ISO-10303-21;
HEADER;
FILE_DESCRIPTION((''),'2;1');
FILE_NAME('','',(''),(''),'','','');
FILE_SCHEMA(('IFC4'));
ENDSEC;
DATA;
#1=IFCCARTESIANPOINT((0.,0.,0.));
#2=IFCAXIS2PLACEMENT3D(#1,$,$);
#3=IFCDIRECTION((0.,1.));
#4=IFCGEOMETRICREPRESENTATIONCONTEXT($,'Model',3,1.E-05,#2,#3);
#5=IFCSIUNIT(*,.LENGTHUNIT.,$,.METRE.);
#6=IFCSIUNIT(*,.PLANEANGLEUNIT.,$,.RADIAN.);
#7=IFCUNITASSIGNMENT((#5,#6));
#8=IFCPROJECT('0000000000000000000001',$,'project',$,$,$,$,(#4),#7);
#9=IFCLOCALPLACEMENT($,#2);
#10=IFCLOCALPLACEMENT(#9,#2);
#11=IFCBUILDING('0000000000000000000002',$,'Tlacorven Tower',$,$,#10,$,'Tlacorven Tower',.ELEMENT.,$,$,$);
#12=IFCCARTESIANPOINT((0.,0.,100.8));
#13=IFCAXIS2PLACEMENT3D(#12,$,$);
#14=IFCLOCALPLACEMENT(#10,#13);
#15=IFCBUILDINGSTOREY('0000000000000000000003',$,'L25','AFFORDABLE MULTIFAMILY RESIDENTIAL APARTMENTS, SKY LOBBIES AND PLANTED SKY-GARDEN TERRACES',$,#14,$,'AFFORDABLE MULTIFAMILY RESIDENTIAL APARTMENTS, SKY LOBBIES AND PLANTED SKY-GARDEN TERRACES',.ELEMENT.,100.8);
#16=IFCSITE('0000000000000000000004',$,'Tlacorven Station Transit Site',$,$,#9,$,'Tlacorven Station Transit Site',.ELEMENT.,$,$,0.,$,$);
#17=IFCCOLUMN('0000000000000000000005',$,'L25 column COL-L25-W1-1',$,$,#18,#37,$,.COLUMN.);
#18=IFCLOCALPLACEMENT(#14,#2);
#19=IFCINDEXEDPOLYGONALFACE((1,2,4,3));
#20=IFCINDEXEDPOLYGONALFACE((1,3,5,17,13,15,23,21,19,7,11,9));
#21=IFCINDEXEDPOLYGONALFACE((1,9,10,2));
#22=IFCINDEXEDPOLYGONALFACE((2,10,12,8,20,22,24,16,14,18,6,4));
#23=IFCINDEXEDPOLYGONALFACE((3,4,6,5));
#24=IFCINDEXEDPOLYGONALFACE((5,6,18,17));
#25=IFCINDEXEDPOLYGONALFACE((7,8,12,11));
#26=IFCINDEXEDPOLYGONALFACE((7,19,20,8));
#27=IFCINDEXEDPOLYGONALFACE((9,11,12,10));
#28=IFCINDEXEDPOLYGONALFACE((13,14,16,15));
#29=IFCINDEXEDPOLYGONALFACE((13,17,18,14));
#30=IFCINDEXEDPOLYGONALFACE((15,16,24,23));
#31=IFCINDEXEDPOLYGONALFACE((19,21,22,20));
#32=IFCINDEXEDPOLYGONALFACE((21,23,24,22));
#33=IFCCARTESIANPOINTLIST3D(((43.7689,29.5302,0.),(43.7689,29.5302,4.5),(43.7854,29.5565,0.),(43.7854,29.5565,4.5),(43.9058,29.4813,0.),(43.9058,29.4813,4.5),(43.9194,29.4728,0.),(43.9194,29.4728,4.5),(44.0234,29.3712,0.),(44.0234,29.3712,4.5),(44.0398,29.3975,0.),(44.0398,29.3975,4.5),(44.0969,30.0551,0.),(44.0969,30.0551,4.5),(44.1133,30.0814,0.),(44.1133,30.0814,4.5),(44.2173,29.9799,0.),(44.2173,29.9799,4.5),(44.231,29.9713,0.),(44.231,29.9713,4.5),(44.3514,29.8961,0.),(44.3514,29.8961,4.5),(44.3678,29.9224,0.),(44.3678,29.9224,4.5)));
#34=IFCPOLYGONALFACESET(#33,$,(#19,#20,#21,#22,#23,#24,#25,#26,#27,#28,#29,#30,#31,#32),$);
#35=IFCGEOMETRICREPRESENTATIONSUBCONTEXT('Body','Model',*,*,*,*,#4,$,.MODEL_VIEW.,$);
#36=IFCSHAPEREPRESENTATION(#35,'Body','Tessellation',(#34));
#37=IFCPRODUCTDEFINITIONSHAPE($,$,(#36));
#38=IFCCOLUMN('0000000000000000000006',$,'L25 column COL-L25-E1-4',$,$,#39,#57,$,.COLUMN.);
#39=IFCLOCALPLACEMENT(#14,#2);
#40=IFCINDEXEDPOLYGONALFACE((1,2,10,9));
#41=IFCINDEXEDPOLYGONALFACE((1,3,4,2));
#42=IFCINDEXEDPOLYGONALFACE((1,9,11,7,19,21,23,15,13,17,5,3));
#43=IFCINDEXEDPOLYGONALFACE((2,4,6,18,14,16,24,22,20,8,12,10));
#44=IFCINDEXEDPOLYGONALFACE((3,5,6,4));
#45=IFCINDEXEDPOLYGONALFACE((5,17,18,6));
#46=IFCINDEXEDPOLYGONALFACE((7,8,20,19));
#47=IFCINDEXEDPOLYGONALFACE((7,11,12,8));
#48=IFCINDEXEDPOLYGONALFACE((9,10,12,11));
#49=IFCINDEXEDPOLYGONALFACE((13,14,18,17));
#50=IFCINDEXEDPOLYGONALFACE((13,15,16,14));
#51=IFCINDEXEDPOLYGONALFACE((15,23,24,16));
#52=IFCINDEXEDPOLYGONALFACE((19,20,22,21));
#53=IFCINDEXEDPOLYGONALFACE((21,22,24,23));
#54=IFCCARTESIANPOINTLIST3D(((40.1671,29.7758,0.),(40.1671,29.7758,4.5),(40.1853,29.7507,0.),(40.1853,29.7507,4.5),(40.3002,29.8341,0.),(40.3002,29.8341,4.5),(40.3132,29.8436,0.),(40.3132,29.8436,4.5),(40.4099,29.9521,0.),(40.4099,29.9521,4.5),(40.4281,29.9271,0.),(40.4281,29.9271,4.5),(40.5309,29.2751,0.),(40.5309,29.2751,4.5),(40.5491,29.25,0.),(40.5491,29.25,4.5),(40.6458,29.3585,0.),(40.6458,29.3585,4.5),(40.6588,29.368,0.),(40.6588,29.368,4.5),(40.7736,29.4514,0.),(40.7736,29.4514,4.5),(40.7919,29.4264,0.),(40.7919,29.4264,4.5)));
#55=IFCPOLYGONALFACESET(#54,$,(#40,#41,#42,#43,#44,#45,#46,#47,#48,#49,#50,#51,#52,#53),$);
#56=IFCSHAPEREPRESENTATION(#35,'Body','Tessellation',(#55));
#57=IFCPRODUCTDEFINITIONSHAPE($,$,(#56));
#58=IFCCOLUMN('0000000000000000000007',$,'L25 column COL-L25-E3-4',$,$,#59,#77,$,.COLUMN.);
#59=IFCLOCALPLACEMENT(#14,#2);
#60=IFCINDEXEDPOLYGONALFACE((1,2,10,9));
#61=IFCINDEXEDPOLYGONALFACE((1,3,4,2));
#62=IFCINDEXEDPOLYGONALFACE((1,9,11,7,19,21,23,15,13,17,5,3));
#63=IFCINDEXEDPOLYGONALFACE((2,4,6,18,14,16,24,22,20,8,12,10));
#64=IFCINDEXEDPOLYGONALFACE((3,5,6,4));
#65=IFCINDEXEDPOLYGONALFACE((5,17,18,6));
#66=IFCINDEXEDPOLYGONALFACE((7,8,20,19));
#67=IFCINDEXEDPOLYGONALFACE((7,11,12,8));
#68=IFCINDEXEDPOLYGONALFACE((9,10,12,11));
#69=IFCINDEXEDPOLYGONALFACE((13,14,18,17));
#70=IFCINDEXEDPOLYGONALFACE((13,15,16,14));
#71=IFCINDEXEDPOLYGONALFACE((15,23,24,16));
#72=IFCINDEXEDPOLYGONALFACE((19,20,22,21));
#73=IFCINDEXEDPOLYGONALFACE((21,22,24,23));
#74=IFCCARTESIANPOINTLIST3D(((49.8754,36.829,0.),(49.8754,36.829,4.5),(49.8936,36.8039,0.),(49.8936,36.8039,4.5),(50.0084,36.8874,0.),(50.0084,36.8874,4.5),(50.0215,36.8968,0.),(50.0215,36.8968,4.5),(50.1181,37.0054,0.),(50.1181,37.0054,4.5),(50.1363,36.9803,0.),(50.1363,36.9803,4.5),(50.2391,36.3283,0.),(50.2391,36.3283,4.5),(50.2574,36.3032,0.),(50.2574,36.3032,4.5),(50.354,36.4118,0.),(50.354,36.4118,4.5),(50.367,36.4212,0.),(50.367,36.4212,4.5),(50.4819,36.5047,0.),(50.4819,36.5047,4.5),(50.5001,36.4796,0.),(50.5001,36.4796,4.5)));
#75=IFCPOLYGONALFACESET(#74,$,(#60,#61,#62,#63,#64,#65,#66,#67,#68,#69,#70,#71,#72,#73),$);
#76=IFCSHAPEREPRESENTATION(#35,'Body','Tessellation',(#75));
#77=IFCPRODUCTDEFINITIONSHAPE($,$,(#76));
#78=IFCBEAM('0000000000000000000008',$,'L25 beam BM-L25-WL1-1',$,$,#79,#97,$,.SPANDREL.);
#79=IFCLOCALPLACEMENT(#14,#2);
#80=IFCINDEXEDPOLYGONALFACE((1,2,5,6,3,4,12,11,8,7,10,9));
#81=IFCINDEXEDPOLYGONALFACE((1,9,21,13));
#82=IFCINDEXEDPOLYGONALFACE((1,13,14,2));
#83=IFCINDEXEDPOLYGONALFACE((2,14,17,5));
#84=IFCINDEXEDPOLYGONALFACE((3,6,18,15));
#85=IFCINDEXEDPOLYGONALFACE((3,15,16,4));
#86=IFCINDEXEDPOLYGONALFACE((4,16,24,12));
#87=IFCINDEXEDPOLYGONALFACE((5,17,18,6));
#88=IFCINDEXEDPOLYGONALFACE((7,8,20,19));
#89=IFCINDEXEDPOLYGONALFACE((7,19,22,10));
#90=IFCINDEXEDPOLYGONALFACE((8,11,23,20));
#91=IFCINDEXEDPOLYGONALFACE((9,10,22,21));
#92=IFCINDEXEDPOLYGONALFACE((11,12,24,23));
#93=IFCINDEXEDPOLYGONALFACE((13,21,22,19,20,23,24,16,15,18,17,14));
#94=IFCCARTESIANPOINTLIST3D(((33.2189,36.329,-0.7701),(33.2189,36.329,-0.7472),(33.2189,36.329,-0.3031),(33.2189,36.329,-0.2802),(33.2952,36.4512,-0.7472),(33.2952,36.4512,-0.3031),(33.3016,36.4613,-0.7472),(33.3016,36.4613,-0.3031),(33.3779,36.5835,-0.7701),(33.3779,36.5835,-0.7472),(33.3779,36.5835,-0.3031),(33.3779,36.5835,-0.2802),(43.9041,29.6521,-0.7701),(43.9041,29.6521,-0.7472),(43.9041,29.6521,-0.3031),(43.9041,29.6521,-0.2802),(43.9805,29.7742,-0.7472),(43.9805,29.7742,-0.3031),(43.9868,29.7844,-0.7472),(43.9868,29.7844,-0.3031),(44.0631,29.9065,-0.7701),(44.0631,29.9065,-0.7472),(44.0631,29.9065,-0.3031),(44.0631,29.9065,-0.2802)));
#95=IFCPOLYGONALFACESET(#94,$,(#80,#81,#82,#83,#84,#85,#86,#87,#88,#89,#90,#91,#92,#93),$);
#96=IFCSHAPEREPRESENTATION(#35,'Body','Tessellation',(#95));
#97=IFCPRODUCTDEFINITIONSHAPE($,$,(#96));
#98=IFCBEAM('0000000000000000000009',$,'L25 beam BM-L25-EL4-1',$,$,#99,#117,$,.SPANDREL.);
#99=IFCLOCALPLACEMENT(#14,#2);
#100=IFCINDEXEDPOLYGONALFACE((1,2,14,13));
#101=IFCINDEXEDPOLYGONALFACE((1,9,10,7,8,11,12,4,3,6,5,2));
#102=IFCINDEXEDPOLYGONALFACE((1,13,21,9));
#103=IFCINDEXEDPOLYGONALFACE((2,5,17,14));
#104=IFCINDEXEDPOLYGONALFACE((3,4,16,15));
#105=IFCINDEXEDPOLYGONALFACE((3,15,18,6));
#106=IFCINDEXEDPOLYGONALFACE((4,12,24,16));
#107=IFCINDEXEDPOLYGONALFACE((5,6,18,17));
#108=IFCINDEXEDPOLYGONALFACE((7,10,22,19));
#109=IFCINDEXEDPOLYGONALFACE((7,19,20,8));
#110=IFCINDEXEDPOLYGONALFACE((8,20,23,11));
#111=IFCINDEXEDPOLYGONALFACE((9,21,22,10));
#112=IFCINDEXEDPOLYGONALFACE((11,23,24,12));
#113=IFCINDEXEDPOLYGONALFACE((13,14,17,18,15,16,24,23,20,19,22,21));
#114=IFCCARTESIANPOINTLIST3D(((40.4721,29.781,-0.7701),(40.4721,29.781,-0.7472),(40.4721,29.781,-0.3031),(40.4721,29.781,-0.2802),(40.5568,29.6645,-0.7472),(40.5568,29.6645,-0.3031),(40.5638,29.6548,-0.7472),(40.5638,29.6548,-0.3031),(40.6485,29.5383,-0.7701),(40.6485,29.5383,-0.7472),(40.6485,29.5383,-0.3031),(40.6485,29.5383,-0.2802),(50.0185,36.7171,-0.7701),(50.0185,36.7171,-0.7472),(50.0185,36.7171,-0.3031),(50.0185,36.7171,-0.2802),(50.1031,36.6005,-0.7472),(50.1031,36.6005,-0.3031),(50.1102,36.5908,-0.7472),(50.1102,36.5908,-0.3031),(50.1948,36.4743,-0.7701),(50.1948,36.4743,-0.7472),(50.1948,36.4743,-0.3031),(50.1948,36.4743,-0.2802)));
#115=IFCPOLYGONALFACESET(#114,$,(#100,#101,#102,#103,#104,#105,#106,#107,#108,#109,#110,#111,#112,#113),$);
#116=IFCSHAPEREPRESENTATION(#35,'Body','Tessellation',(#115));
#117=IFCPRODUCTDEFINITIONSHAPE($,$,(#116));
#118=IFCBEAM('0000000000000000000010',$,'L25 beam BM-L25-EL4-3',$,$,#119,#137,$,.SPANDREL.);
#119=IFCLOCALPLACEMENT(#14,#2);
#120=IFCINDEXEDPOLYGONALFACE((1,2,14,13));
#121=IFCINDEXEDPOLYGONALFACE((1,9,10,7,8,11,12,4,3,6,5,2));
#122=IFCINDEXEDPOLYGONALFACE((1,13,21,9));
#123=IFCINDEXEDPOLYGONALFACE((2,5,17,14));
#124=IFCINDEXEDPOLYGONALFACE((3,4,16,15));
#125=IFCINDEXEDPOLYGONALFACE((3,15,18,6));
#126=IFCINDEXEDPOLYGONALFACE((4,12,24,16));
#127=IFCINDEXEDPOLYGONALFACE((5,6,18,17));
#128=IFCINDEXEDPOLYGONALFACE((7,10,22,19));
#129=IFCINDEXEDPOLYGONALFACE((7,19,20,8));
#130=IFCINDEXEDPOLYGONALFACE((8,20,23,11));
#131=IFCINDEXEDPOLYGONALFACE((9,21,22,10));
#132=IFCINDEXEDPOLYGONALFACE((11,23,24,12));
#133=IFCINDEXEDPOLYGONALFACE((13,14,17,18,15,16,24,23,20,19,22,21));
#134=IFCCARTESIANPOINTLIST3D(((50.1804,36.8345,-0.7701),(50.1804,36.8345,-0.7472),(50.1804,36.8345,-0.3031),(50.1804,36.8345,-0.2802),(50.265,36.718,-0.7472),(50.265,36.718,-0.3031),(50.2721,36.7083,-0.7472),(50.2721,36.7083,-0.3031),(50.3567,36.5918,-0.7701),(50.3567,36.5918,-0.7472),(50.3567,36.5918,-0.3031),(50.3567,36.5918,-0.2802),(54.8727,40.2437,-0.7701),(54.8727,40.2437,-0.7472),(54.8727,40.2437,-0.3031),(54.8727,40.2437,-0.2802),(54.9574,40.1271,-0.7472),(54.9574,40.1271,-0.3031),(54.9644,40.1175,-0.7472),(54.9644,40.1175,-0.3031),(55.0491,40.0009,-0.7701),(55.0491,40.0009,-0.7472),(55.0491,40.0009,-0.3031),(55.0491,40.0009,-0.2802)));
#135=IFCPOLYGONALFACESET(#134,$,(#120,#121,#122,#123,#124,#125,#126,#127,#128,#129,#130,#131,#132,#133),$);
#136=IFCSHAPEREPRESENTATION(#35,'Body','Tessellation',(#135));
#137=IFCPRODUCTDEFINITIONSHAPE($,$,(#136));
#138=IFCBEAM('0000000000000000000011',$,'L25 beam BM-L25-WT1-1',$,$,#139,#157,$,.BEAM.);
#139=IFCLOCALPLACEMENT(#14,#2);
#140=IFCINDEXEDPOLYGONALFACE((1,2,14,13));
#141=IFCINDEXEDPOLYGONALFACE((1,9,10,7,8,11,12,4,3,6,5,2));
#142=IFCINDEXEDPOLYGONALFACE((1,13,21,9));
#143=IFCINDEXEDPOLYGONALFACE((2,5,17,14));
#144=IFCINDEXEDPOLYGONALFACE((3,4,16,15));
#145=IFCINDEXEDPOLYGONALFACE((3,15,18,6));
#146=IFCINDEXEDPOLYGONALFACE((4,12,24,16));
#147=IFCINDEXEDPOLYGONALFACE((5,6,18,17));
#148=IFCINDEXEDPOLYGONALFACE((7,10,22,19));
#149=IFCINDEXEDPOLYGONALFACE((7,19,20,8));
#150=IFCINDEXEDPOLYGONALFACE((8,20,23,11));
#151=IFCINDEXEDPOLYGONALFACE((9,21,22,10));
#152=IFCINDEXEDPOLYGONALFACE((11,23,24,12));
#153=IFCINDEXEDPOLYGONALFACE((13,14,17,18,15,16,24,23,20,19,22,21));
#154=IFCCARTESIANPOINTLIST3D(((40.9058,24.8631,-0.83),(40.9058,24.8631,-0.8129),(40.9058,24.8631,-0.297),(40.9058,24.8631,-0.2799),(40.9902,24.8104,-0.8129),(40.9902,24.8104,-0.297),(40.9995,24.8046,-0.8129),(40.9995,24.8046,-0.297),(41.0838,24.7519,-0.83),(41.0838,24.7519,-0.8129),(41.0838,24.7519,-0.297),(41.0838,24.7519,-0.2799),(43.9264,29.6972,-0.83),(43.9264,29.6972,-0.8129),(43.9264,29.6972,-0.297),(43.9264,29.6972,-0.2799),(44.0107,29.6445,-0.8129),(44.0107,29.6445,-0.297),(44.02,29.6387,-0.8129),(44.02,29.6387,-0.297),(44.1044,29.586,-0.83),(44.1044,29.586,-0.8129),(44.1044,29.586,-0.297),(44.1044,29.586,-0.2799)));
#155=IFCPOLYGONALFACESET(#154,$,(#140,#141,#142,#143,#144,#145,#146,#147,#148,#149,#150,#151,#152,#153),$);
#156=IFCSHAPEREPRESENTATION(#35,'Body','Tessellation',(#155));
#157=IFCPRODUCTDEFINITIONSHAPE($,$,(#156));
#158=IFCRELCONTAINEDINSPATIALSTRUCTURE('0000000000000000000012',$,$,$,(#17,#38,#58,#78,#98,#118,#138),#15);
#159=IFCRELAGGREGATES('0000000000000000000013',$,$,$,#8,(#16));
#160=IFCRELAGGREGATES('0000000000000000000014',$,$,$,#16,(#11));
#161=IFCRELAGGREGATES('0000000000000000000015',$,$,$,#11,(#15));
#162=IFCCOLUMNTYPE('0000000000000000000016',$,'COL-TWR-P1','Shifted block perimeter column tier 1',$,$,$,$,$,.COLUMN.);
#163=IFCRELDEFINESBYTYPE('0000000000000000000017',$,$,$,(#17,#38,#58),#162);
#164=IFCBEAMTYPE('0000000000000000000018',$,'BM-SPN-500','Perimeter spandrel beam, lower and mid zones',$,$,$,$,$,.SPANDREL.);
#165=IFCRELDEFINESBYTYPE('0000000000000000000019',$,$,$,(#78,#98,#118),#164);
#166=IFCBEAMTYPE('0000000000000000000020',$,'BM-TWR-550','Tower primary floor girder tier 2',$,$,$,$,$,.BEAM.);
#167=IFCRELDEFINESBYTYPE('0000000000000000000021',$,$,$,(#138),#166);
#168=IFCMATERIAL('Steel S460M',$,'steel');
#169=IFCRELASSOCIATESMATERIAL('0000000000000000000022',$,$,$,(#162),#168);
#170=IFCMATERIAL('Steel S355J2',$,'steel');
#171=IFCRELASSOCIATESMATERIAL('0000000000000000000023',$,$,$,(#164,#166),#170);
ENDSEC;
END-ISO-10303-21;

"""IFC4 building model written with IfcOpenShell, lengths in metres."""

from ifc_helpers import new_model, si_unit, direction, frame, origin, origin_2d, place, context, subcontext, project, spatial, i_section, extrude, source, transform, mapped, material, material_profile, profile_set, type_object, element, save


model = new_model("IFC4")

# Units and contexts
model_context = context("Model", 3, precision=1e-05, world=origin(), true_north=direction((0.0, 1.0)))
body_context = subcontext(model_context, "Body", "Model", "MODEL_VIEW")
ifc_project = project(units=[si_unit("LENGTHUNIT", "METRE"), si_unit("PLANEANGLEUNIT", "RADIAN")], contexts=[model_context])

# Site, building, storey
site_placement = place(None, origin())
site = spatial("IfcSite", under=ifc_project, at=site_placement, Name="Tlacorven Station Transit Site", LongName="Tlacorven Station Transit Site", CompositionType="ELEMENT", RefElevation=0.0)
building_placement = place(site_placement, origin())
building = spatial("IfcBuilding", under=site, at=building_placement, Name="Tlacorven Tower", LongName="Tlacorven Tower", CompositionType="ELEMENT")
storey_placement = place(building_placement, frame((0.0, 0.0, 100.8)))
storey = spatial("IfcBuildingStorey", under=building, at=storey_placement, Name="L25", Description="AFFORDABLE MULTIFAMILY RESIDENTIAL APARTMENTS, SKY LOBBIES AND PLANTED SKY-GARDEN TERRACES", LongName="AFFORDABLE MULTIFAMILY RESIDENTIAL APARTMENTS, SKY LOBBIES AND PLANTED SKY-GARDEN TERRACES", CompositionType="ELEMENT", Elevation=100.8)

# Columns
ifc_material_1 = material(Name="Steel S460M", Category="steel")
ifc_material_profile_1 = material_profile(ifc_material_1, i_section(OverallWidth=0.3, OverallDepth=0.6499, WebThickness=0.0161, FlangeThickness=0.031, at=origin_2d()), Name="HEB 650")
ifc_profile_set_1 = profile_set([ifc_material_profile_1], Name="Steel S460M")
column_type = type_object("IfcColumnType", Name="COL-TWR-P1", Description="Shifted block perimeter column tier 1", PredefinedType="COLUMN", material=ifc_profile_set_1)
shared_shape_1 = source(origin(), body_context, "Body", "SweptSolid", [
    extrude(i_section(OverallWidth=0.3, OverallDepth=0.6499, WebThickness=0.0161, FlangeThickness=0.031, at=origin_2d()), origin(), (0.0, 0.0, 1.0), 4.5),
])
for number, where, z_axis, x_axis, name in (
    (1, (44.0684, 29.7263, 0.0), (0.0, 0.0, 1.0), (-0.848048, 0.529919, 0.0), "L25 column COL-L25-W1-1"),
    (2, (40.4795, 29.6011, 0.0), (0.0, 0.0, 1.0), (0.809017, 0.587785, 0.0), "L25 column COL-L25-E1-4"),
    (3, (50.1877, 36.6543, 0.0), (0.0, 0.0, 1.0), (0.809017, 0.587785, 0.0), "L25 column COL-L25-E3-4"),
):
    element("IfcColumn", number, at=place(storey_placement, frame(where, z_axis=z_axis, x_axis=x_axis)), inside=storey, type_object=column_type, Name=name, PredefinedType="COLUMN", context=body_context, shape_type="MappedRepresentation", body=[
        mapped(shared_shape_1, transform((0.0, 0.0, 0.0), scale=1.0)),
    ])

# Beams
ifc_material_2 = material(Name="Steel S355J2", Category="steel")
ifc_material_profile_2 = material_profile(ifc_material_2, i_section(OverallWidth=0.3, OverallDepth=0.49, WebThickness=0.012, FlangeThickness=0.0229, at=origin_2d()), Name="HEA 500")
ifc_profile_set_2 = profile_set([ifc_material_profile_2], Name="Steel S355J2")
beam_type_1 = type_object("IfcBeamType", Name="BM-SPN-500", Description="Perimeter spandrel beam, lower and mid zones", PredefinedType="SPANDREL", material=ifc_profile_set_2)
shared_shape_2 = source(origin(), body_context, "Body", "SweptSolid", [
    extrude(i_section(OverallWidth=0.3, OverallDepth=0.49, WebThickness=0.012, FlangeThickness=0.0229, at=origin_2d()), origin(), (0.0, 0.0, 1.0), 12.5999),
])
beam_1_placement = place(storey_placement, frame((43.9836, 29.7793, -0.5251), z_axis=(-0.848045, 0.529924, 0.0), x_axis=(-0.529924, -0.848045, 0.0)))
element("IfcBeam", 4, at=beam_1_placement, inside=storey, type_object=beam_type_1, Name="L25 beam BM-L25-WL1-1", PredefinedType="SPANDREL", context=body_context, shape_type="MappedRepresentation", body=[
    mapped(shared_shape_2, transform((0.0, 0.0, 0.0), scale=1.0)),
])
shared_shape_3 = source(origin(), body_context, "Body", "SweptSolid", [
    extrude(i_section(OverallWidth=0.3, OverallDepth=0.49, WebThickness=0.012, FlangeThickness=0.0229, at=origin_2d()), origin(), (0.0, 0.0, 1.0), 11.8),
])
beam_2_placement = place(storey_placement, frame((40.5603, 29.6597, -0.5251), z_axis=(0.80901, 0.587795, 0.0), x_axis=(-0.587795, 0.80901, 0.0)))
element("IfcBeam", 5, at=beam_2_placement, inside=storey, type_object=beam_type_1, Name="L25 beam BM-L25-EL4-1", PredefinedType="SPANDREL", context=body_context, shape_type="MappedRepresentation", body=[
    mapped(shared_shape_3, transform((0.0, 0.0, 0.0), scale=1.0)),
])
shared_shape_4 = source(origin(), body_context, "Body", "SweptSolid", [
    extrude(i_section(OverallWidth=0.3, OverallDepth=0.49, WebThickness=0.012, FlangeThickness=0.0229, at=origin_2d()), origin(), (0.0, 0.0, 1.0), 5.8),
])
beam_3_placement = place(storey_placement, frame((50.2686, 36.7131, -0.5251), z_axis=(0.80902, 0.587781, 0.0), x_axis=(-0.587781, 0.80902, 0.0)))
element("IfcBeam", 6, at=beam_3_placement, inside=storey, type_object=beam_type_1, Name="L25 beam BM-L25-EL4-3", PredefinedType="SPANDREL", context=body_context, shape_type="MappedRepresentation", body=[
    mapped(shared_shape_4, transform((0.0, 0.0, 0.0), scale=1.0)),
])
ifc_material_profile_3 = material_profile(ifc_material_2, i_section(OverallWidth=0.21, OverallDepth=0.55, WebThickness=0.011, FlangeThickness=0.0171, at=origin_2d()), Name="IPE 550")
ifc_profile_set_3 = profile_set([ifc_material_profile_3], Name="Steel S355J2")
beam_type_2 = type_object("IfcBeamType", Name="BM-TWR-550", Description="Tower primary floor girder tier 2", PredefinedType="BEAM", material=ifc_profile_set_3)
shared_shape_5 = source(origin(), body_context, "Body", "SweptSolid", [
    extrude(i_section(OverallWidth=0.21, OverallDepth=0.55, WebThickness=0.011, FlangeThickness=0.0171, at=origin_2d()), origin(), (0.0, 0.0, 1.0), 5.7002),
])
beam_4_placement = place(storey_placement, frame((44.0154, 29.6416, -0.5549), z_axis=(-0.529907, -0.848056, 0.0), x_axis=(0.848056, -0.529907, 0.0)))
element("IfcBeam", 7, at=beam_4_placement, inside=storey, type_object=beam_type_2, Name="L25 beam BM-L25-WT1-1", PredefinedType="BEAM", context=body_context, shape_type="MappedRepresentation", body=[
    mapped(shared_shape_5, transform((0.0, 0.0, 0.0), scale=1.0)),
])

save(model, "model.ifc")
